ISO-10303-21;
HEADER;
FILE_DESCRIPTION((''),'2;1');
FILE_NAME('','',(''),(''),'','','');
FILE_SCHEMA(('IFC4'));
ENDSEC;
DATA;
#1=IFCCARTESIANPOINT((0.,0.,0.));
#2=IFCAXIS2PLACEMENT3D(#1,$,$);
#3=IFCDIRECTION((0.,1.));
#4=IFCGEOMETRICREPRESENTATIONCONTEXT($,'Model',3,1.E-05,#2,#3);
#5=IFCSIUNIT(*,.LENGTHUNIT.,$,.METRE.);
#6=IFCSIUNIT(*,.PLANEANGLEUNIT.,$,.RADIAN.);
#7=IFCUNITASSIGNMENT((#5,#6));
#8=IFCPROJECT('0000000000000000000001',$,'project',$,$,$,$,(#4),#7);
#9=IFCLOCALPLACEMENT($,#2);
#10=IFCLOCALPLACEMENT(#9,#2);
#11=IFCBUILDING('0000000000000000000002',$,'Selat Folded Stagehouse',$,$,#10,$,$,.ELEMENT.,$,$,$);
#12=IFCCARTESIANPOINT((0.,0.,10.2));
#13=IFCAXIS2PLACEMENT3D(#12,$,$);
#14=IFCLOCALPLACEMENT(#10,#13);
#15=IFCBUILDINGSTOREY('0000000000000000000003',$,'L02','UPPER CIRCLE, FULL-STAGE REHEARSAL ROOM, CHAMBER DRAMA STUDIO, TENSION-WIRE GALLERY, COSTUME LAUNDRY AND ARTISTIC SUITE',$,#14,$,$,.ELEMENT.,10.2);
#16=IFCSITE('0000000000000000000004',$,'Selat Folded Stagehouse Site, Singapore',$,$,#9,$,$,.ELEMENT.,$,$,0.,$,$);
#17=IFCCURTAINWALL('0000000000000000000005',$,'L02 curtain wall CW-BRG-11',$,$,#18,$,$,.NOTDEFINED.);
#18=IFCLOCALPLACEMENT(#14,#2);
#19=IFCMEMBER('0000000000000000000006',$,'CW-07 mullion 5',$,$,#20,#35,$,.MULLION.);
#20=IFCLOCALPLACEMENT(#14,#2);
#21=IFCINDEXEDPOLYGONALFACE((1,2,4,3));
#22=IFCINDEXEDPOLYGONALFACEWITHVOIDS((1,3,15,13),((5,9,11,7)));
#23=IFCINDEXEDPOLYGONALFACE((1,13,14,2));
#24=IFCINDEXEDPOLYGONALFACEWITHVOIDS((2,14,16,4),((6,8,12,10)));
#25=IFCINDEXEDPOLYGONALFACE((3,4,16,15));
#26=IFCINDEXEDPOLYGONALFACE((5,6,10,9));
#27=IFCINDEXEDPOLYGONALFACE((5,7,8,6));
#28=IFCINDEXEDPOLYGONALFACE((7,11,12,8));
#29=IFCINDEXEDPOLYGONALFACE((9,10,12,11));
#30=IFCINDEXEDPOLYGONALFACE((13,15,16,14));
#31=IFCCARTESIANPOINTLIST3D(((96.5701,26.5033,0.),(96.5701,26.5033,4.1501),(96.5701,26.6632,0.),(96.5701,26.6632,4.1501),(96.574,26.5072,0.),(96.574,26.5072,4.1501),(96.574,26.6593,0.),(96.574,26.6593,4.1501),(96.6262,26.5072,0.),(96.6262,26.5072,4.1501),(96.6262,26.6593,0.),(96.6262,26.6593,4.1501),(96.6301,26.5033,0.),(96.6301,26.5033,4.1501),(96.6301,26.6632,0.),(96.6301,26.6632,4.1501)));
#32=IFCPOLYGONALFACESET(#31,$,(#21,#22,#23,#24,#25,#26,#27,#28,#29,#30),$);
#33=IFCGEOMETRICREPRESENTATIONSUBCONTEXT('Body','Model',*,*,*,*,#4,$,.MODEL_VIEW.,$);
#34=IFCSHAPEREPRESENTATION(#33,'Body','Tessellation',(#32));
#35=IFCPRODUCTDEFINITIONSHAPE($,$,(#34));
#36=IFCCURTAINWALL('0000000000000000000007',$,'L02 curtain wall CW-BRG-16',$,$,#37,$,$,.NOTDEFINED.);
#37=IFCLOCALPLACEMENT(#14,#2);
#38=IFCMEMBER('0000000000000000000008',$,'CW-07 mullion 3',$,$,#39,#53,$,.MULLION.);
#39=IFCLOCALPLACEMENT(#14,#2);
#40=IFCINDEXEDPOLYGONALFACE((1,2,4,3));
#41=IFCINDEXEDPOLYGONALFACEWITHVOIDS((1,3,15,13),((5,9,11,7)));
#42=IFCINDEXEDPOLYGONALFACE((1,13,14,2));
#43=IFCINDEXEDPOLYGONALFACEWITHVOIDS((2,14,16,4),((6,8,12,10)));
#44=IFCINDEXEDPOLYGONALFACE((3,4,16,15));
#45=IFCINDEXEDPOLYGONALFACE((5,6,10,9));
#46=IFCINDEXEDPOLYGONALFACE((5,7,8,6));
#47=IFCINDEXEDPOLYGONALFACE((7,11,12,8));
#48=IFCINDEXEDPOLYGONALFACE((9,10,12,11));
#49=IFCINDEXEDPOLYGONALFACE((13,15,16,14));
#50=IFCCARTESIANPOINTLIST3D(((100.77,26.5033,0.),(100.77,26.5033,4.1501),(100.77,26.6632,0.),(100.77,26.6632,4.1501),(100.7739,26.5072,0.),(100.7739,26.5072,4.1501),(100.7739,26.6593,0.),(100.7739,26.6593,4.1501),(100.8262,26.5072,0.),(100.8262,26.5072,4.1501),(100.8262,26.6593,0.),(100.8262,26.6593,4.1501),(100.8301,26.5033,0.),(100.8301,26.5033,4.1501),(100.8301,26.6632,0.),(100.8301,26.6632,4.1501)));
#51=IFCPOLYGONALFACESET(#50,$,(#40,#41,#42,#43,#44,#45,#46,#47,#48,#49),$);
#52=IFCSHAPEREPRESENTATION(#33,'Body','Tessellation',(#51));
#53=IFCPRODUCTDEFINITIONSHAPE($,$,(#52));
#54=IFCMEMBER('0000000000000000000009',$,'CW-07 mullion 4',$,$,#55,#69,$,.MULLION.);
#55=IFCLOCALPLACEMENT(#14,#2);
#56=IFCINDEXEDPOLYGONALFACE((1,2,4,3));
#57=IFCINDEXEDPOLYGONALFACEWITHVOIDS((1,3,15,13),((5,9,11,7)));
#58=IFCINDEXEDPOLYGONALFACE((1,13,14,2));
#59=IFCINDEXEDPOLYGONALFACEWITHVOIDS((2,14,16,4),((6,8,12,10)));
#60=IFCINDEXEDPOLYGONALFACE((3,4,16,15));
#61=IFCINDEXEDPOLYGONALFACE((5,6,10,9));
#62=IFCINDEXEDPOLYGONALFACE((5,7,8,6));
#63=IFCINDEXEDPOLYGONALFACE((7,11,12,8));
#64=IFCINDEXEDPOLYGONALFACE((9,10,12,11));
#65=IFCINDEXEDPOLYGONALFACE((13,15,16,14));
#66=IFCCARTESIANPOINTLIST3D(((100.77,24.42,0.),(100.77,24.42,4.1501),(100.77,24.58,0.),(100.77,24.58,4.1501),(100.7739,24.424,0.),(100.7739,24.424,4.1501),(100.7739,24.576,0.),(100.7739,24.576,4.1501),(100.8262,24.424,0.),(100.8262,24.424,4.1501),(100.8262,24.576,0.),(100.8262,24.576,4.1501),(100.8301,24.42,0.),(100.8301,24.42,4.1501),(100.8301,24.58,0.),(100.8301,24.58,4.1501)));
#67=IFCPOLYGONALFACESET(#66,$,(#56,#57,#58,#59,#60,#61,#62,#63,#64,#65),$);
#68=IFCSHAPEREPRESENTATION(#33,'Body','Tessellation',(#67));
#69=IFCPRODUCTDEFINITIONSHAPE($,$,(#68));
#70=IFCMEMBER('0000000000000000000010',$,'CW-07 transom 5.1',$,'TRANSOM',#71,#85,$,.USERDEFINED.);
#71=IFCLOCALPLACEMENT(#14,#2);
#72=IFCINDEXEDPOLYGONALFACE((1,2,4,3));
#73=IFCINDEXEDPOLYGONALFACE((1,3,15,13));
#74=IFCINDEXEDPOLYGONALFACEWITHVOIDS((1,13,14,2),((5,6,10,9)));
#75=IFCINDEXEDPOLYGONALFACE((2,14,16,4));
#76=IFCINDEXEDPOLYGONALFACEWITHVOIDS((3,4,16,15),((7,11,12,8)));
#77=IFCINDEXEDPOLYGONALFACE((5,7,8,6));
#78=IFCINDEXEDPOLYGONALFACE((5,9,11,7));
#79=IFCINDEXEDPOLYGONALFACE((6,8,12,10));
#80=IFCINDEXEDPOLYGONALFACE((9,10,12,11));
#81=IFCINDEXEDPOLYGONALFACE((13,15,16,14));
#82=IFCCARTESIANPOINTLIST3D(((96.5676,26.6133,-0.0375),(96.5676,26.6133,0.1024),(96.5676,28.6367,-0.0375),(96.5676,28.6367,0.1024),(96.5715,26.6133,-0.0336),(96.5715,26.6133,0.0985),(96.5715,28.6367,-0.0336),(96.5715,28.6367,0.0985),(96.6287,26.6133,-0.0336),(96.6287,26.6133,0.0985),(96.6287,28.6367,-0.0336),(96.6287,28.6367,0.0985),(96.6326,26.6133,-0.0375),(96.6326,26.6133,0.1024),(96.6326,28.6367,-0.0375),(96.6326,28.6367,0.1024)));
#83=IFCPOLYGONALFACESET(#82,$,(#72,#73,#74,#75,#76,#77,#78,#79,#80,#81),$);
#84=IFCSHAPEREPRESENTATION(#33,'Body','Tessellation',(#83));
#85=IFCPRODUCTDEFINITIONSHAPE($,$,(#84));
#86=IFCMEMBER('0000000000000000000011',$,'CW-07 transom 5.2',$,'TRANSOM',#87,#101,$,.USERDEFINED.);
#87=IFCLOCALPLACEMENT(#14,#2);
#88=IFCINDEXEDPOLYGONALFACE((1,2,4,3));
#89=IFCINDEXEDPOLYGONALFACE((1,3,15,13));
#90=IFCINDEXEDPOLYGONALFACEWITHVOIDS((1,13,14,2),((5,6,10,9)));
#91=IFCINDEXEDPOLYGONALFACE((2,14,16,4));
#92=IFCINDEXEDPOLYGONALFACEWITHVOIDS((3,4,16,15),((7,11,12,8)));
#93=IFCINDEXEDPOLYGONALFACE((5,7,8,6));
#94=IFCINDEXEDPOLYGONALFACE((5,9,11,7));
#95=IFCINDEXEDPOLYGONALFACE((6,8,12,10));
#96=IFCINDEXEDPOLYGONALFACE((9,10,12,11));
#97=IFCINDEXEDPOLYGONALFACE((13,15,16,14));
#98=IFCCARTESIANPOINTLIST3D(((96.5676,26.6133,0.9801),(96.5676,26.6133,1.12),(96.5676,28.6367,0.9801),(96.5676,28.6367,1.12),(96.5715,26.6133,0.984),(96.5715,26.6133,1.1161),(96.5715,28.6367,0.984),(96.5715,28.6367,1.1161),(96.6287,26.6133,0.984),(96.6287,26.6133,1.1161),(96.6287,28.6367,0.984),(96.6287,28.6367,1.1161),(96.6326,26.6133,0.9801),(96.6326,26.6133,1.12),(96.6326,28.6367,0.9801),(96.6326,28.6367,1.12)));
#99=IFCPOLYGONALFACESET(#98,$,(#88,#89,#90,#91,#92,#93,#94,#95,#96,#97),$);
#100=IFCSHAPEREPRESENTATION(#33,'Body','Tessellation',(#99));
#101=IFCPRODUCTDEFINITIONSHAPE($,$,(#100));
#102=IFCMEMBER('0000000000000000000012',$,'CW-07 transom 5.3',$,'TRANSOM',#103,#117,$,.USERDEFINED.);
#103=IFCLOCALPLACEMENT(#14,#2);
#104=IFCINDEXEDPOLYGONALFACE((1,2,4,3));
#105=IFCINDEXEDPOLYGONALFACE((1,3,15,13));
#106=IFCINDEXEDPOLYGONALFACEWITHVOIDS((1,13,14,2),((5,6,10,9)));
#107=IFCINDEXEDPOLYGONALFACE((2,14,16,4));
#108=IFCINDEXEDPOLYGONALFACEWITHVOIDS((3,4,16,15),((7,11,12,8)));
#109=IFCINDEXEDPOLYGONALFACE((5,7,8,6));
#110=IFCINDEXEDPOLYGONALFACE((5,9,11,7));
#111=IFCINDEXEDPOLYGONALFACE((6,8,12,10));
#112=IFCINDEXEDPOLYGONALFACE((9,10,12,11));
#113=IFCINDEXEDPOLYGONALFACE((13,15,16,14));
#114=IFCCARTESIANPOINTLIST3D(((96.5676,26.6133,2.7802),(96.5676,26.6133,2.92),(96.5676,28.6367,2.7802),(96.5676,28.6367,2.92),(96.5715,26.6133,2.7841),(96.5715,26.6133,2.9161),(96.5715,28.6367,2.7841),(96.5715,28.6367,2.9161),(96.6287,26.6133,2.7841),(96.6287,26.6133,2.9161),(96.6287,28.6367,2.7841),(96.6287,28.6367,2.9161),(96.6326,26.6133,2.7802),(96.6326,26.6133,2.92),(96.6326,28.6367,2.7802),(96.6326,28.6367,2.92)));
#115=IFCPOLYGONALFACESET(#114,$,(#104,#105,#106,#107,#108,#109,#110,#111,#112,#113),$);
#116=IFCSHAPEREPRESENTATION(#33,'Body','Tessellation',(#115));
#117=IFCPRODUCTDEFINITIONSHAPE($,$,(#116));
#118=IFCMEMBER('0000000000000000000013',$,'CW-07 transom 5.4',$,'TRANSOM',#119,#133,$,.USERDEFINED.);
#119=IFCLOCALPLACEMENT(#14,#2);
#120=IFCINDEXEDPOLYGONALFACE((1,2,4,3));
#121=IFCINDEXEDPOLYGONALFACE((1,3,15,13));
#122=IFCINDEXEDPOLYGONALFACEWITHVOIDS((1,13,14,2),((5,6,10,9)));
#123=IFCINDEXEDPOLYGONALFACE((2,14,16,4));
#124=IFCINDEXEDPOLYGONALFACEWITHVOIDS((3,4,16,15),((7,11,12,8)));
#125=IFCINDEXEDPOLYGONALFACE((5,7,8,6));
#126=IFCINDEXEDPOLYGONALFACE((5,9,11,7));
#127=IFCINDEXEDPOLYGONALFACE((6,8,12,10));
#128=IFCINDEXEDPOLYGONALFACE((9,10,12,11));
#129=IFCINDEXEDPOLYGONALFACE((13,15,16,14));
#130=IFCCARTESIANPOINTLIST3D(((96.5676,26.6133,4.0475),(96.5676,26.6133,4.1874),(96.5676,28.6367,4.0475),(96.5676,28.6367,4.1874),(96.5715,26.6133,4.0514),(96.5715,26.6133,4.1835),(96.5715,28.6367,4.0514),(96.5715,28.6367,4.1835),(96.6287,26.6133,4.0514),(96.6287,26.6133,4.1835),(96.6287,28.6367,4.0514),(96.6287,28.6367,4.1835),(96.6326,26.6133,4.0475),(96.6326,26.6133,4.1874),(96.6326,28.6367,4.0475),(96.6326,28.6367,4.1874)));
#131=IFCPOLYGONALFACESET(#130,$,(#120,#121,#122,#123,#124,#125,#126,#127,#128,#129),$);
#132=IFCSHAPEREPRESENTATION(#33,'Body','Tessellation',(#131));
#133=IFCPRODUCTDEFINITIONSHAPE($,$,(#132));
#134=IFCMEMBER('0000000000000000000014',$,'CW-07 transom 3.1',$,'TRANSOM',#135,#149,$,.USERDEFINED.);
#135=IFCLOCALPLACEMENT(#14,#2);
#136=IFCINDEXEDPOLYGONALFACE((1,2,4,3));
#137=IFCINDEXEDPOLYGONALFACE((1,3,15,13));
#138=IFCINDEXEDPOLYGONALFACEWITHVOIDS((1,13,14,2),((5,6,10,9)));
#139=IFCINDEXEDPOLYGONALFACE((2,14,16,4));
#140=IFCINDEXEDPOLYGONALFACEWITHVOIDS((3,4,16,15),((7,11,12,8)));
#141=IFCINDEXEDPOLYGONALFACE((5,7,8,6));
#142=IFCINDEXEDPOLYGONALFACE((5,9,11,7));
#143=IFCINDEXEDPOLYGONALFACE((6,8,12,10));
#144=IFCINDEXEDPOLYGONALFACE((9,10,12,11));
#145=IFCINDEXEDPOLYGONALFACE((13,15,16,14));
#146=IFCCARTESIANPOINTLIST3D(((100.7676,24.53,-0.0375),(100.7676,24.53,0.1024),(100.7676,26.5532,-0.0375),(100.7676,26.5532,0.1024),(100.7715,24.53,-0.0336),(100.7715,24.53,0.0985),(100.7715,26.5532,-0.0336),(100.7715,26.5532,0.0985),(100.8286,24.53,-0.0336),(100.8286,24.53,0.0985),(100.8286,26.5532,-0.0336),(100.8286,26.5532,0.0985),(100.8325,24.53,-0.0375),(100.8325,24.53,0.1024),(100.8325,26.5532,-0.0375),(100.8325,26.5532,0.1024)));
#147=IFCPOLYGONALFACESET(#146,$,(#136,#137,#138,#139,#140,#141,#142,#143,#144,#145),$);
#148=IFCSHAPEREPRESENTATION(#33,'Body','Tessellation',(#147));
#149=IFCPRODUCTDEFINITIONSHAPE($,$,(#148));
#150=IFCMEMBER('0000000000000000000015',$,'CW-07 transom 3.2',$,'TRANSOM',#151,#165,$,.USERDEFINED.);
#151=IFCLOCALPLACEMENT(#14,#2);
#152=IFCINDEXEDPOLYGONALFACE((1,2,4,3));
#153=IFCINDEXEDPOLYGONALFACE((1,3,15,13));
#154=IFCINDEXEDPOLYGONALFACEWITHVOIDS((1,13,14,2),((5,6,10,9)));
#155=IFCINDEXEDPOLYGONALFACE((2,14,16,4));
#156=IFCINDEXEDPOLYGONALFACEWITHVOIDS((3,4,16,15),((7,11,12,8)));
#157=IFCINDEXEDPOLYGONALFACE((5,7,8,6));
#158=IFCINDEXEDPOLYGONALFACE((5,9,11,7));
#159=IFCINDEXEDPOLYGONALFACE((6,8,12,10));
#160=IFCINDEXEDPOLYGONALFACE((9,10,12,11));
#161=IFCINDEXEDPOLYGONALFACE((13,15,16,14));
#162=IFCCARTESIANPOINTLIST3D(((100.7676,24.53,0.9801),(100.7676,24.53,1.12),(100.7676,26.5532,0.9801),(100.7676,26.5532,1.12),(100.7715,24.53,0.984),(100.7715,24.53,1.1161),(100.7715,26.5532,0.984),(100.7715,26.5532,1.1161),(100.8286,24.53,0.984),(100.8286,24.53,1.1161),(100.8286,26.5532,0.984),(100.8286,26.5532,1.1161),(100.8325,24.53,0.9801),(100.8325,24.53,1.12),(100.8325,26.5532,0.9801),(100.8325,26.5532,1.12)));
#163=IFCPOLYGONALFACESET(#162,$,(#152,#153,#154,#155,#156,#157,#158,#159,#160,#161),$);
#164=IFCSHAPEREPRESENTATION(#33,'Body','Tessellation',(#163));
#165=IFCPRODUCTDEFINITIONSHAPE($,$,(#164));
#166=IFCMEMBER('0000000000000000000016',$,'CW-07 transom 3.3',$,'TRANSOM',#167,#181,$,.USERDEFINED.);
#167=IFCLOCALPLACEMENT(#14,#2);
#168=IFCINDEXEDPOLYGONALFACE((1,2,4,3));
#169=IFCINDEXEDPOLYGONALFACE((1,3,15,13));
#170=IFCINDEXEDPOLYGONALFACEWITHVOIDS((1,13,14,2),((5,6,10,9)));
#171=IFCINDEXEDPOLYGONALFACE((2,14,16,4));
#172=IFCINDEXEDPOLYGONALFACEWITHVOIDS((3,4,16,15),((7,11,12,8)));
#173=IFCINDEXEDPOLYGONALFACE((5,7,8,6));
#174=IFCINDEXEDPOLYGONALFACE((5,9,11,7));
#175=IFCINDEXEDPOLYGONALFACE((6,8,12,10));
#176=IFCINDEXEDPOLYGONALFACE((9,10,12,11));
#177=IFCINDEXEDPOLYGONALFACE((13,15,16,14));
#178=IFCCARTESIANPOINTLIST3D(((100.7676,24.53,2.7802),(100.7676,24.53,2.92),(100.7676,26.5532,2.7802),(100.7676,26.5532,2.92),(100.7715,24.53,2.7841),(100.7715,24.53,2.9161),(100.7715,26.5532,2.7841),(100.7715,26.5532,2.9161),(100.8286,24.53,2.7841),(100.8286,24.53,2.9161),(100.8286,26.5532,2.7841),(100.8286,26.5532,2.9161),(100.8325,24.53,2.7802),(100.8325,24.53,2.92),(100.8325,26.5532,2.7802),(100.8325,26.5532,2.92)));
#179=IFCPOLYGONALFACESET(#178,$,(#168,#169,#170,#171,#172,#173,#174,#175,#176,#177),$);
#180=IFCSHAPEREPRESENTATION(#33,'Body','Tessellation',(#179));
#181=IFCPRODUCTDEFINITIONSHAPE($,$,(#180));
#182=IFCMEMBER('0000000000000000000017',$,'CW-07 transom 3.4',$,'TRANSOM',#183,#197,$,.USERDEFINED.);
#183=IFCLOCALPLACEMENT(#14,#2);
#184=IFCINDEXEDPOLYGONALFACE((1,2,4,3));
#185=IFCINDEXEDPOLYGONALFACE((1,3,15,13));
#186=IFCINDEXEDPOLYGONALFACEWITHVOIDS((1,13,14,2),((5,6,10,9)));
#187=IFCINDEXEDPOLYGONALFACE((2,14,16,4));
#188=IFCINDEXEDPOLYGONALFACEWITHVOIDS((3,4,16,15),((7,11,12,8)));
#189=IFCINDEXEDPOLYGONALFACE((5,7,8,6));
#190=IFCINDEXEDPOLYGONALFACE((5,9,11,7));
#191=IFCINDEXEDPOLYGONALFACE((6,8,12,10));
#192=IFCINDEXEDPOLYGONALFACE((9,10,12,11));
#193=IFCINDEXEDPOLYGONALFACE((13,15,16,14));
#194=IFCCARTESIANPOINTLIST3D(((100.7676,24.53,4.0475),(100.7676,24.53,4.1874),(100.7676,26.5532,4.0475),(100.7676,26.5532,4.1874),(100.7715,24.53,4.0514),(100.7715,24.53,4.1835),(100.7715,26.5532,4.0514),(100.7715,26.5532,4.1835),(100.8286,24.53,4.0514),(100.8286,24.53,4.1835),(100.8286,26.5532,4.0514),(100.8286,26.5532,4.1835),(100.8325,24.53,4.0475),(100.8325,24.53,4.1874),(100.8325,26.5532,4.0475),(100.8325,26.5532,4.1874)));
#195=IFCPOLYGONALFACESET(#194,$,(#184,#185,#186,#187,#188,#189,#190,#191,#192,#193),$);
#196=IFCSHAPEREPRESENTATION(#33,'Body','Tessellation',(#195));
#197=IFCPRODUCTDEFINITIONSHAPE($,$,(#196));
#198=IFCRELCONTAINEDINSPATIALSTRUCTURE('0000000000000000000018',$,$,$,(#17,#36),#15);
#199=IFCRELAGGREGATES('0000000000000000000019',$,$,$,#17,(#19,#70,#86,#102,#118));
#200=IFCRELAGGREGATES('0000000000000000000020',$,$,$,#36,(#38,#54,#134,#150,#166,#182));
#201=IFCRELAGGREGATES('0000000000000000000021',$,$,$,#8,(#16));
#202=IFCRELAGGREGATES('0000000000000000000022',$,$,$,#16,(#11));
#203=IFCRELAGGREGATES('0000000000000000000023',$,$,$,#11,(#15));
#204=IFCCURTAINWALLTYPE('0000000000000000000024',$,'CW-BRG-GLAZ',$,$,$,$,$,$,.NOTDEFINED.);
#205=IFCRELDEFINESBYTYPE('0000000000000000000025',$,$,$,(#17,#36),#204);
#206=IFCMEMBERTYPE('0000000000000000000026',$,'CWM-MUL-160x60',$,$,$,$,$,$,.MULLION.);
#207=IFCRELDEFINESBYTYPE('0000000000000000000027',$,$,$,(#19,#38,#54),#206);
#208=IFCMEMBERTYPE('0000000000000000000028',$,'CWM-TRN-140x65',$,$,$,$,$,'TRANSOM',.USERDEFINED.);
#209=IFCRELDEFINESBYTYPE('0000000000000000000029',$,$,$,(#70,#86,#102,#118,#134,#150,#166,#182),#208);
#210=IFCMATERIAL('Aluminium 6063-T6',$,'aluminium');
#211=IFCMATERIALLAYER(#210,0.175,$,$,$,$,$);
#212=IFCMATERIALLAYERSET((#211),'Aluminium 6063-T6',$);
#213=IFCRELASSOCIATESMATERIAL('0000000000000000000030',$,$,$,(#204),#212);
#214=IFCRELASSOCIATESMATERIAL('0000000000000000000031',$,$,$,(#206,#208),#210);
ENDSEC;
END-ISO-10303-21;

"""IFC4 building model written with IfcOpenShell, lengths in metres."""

from ifc_helpers import new_model, si_unit, direction, frame, origin, origin_2d, place, context, subcontext, project, spatial, hollow_rectangle, extrude, material, layer, layer_set, material_profile, profile_set, type_object, element, aggregate, save


model = new_model("IFC4")

# Units and contexts
model_context = context("Model", 3, precision=1e-05, world=origin(), true_north=direction((0.0, 1.0)))
body_context = subcontext(model_context, "Body", "Model", "MODEL_VIEW")
ifc_project = project(units=[si_unit("LENGTHUNIT", "METRE"), si_unit("PLANEANGLEUNIT", "RADIAN")], contexts=[model_context])

# Site, building, storey
site_placement = place(None, origin())
site = spatial("IfcSite", under=ifc_project, at=site_placement, Name="Selat Folded Stagehouse Site, Singapore", CompositionType="ELEMENT", RefElevation=0.0)
building_placement = place(site_placement, origin())
building = spatial("IfcBuilding", under=site, at=building_placement, Name="Selat Folded Stagehouse", CompositionType="ELEMENT")
storey_placement = place(building_placement, frame((0.0, 0.0, 10.2)))
storey = spatial("IfcBuildingStorey", under=building, at=storey_placement, Name="L02", Description="UPPER CIRCLE, FULL-STAGE REHEARSAL ROOM, CHAMBER DRAMA STUDIO, TENSION-WIRE GALLERY, COSTUME LAUNDRY AND ARTISTIC SUITE", CompositionType="ELEMENT", Elevation=10.2)

# Curtain wall, member
ifc_material_1 = material(Name="Aluminium 6063-T6", Category="aluminium")
ifc_layer_1 = layer(ifc_material_1, 0.175)
ifc_layer_set_1 = layer_set([ifc_layer_1], Name="Aluminium 6063-T6")
curtain_wall_type = type_object("IfcCurtainWallType", Name="CW-BRG-GLAZ", PredefinedType="NOTDEFINED", material=ifc_layer_set_1)
curtain_wall_1_placement = place(storey_placement, origin())
curtain_wall_1 = element("IfcCurtainWall", 1, at=curtain_wall_1_placement, inside=storey, type_object=curtain_wall_type, Name="L02 curtain wall CW-BRG-11", PredefinedType="NOTDEFINED")
ifc_material_profile_1 = material_profile(ifc_material_1, hollow_rectangle(XDim=0.0601, YDim=0.1599, WallThickness=0.0039, at=origin_2d()), Name="ALU 160x60x4.0")
ifc_profile_set_1 = profile_set([ifc_material_profile_1], Name="Aluminium 6063-T6")
member_type_1 = type_object("IfcMemberType", Name="CWM-MUL-160x60", PredefinedType="MULLION", material=ifc_profile_set_1)
member_1_placement = place(storey_placement, frame((96.6001, 26.5833, 0.0), z_axis=(0.0, 0.0, 1.0), x_axis=(-1.0, 0.0, 0.0)))
member_1 = element("IfcMember", 2, at=member_1_placement, type_object=member_type_1, Name="CW-07 mullion 5", PredefinedType="MULLION", context=body_context, shape_type="SweptSolid", body=[
    extrude(hollow_rectangle(XDim=0.0601, YDim=0.1599, WallThickness=0.0039, at=origin_2d()), origin(), (0.0, 0.0, 1.0), 4.1501),
])

# Curtain wall, members
curtain_wall_2_placement = place(storey_placement, origin())
curtain_wall_2 = element("IfcCurtainWall", 3, at=curtain_wall_2_placement, inside=storey, type_object=curtain_wall_type, Name="L02 curtain wall CW-BRG-16", PredefinedType="NOTDEFINED")
member_2_placement = place(storey_placement, frame((100.8, 26.5833, 0.0), z_axis=(0.0, 0.0, 1.0), x_axis=(1.0, 0.0, 0.0)))
member_2 = element("IfcMember", 4, at=member_2_placement, type_object=member_type_1, Name="CW-07 mullion 3", PredefinedType="MULLION", context=body_context, shape_type="SweptSolid", body=[
    extrude(hollow_rectangle(XDim=0.0601, YDim=0.1599, WallThickness=0.0039, at=origin_2d()), origin(), (0.0, 0.0, 1.0), 4.1501),
])
member_3_placement = place(storey_placement, frame((100.8, 24.5, 0.0), z_axis=(0.0, 0.0, 1.0), x_axis=(1.0, 0.0, 0.0)))
member_3 = element("IfcMember", 5, at=member_3_placement, type_object=member_type_1, Name="CW-07 mullion 4", PredefinedType="MULLION", context=body_context, shape_type="SweptSolid", body=[
    extrude(hollow_rectangle(XDim=0.0601, YDim=0.1599, WallThickness=0.0039, at=origin_2d()), origin(), (0.0, 0.0, 1.0), 4.1501),
])

# Members
ifc_material_profile_2 = material_profile(ifc_material_1, hollow_rectangle(XDim=0.0649, YDim=0.1399, WallThickness=0.0039, at=origin_2d()), Name="ALU 140x65x4.0")
ifc_profile_set_2 = profile_set([ifc_material_profile_2], Name="Aluminium 6063-T6")
member_type_2 = type_object("IfcMemberType", Name="CWM-TRN-140x65", ElementType="TRANSOM", PredefinedType="USERDEFINED", material=ifc_profile_set_2)
member_4_placement = place(storey_placement, frame((96.6001, 26.6133, 0.0325), z_axis=(0.0, 1.0, 0.0), x_axis=(-1.0, 0.0, 0.0)))
member_4 = element("IfcMember", 6, at=member_4_placement, type_object=member_type_2, Name="CW-07 transom 5.1", ObjectType="TRANSOM", PredefinedType="USERDEFINED", context=body_context, shape_type="SweptSolid", body=[
    extrude(hollow_rectangle(XDim=0.0649, YDim=0.1399, WallThickness=0.0039, at=origin_2d()), origin(), (0.0, 0.0, 1.0), 2.0234),
])
member_5_placement = place(storey_placement, frame((96.6001, 26.6133, 1.05), z_axis=(0.0, 1.0, 0.0), x_axis=(-1.0, 0.0, 0.0)))
member_5 = element("IfcMember", 7, at=member_5_placement, type_object=member_type_2, Name="CW-07 transom 5.2", ObjectType="TRANSOM", PredefinedType="USERDEFINED", context=body_context, shape_type="SweptSolid", body=[
    extrude(hollow_rectangle(XDim=0.0649, YDim=0.1399, WallThickness=0.0039, at=origin_2d()), origin(), (0.0, 0.0, 1.0), 2.0234),
])
member_6_placement = place(storey_placement, frame((96.6001, 26.6133, 2.8501), z_axis=(0.0, 1.0, 0.0), x_axis=(-1.0, 0.0, 0.0)))
member_6 = element("IfcMember", 8, at=member_6_placement, type_object=member_type_2, Name="CW-07 transom 5.3", ObjectType="TRANSOM", PredefinedType="USERDEFINED", context=body_context, shape_type="SweptSolid", body=[
    extrude(hollow_rectangle(XDim=0.0649, YDim=0.1399, WallThickness=0.0039, at=origin_2d()), origin(), (0.0, 0.0, 1.0), 2.0234),
])
member_7_placement = place(storey_placement, frame((96.6001, 26.6133, 4.1174), z_axis=(0.0, 1.0, 0.0), x_axis=(-1.0, 0.0, 0.0)))
member_7 = element("IfcMember", 9, at=member_7_placement, type_object=member_type_2, Name="CW-07 transom 5.4", ObjectType="TRANSOM", PredefinedType="USERDEFINED", context=body_context, shape_type="SweptSolid", body=[
    extrude(hollow_rectangle(XDim=0.0649, YDim=0.1399, WallThickness=0.0039, at=origin_2d()), origin(), (0.0, 0.0, 1.0), 2.0234),
])
member_8_placement = place(storey_placement, frame((100.8, 26.5532, 0.0325), z_axis=(0.0, -1.0, 0.0), x_axis=(1.0, 0.0, 0.0)))
member_8 = element("IfcMember", 10, at=member_8_placement, type_object=member_type_2, Name="CW-07 transom 3.1", ObjectType="TRANSOM", PredefinedType="USERDEFINED", context=body_context, shape_type="SweptSolid", body=[
    extrude(hollow_rectangle(XDim=0.0649, YDim=0.1399, WallThickness=0.0039, at=origin_2d()), origin(), (0.0, 0.0, 1.0), 2.0232),
])
member_9_placement = place(storey_placement, frame((100.8, 26.5532, 1.05), z_axis=(0.0, -1.0, 0.0), x_axis=(1.0, 0.0, 0.0)))
member_9 = element("IfcMember", 11, at=member_9_placement, type_object=member_type_2, Name="CW-07 transom 3.2", ObjectType="TRANSOM", PredefinedType="USERDEFINED", context=body_context, shape_type="SweptSolid", body=[
    extrude(hollow_rectangle(XDim=0.0649, YDim=0.1399, WallThickness=0.0039, at=origin_2d()), origin(), (0.0, 0.0, 1.0), 2.0232),
])
member_10_placement = place(storey_placement, frame((100.8, 26.5532, 2.8501), z_axis=(0.0, -1.0, 0.0), x_axis=(1.0, 0.0, 0.0)))
member_10 = element("IfcMember", 12, at=member_10_placement, type_object=member_type_2, Name="CW-07 transom 3.3", ObjectType="TRANSOM", PredefinedType="USERDEFINED", context=body_context, shape_type="SweptSolid", body=[
    extrude(hollow_rectangle(XDim=0.0649, YDim=0.1399, WallThickness=0.0039, at=origin_2d()), origin(), (0.0, 0.0, 1.0), 2.0232),
])
member_11_placement = place(storey_placement, frame((100.8, 26.5532, 4.1174), z_axis=(0.0, -1.0, 0.0), x_axis=(1.0, 0.0, 0.0)))
member_11 = element("IfcMember", 13, at=member_11_placement, type_object=member_type_2, Name="CW-07 transom 3.4", ObjectType="TRANSOM", PredefinedType="USERDEFINED", context=body_context, shape_type="SweptSolid", body=[
    extrude(hollow_rectangle(XDim=0.0649, YDim=0.1399, WallThickness=0.0039, at=origin_2d()), origin(), (0.0, 0.0, 1.0), 2.0232),
])

aggregate(curtain_wall_1, [member_1, member_4, member_5, member_6, member_7])
aggregate(curtain_wall_2, [member_2, member_3, member_8, member_9, member_10, member_11])

save(model, "model.ifc")
